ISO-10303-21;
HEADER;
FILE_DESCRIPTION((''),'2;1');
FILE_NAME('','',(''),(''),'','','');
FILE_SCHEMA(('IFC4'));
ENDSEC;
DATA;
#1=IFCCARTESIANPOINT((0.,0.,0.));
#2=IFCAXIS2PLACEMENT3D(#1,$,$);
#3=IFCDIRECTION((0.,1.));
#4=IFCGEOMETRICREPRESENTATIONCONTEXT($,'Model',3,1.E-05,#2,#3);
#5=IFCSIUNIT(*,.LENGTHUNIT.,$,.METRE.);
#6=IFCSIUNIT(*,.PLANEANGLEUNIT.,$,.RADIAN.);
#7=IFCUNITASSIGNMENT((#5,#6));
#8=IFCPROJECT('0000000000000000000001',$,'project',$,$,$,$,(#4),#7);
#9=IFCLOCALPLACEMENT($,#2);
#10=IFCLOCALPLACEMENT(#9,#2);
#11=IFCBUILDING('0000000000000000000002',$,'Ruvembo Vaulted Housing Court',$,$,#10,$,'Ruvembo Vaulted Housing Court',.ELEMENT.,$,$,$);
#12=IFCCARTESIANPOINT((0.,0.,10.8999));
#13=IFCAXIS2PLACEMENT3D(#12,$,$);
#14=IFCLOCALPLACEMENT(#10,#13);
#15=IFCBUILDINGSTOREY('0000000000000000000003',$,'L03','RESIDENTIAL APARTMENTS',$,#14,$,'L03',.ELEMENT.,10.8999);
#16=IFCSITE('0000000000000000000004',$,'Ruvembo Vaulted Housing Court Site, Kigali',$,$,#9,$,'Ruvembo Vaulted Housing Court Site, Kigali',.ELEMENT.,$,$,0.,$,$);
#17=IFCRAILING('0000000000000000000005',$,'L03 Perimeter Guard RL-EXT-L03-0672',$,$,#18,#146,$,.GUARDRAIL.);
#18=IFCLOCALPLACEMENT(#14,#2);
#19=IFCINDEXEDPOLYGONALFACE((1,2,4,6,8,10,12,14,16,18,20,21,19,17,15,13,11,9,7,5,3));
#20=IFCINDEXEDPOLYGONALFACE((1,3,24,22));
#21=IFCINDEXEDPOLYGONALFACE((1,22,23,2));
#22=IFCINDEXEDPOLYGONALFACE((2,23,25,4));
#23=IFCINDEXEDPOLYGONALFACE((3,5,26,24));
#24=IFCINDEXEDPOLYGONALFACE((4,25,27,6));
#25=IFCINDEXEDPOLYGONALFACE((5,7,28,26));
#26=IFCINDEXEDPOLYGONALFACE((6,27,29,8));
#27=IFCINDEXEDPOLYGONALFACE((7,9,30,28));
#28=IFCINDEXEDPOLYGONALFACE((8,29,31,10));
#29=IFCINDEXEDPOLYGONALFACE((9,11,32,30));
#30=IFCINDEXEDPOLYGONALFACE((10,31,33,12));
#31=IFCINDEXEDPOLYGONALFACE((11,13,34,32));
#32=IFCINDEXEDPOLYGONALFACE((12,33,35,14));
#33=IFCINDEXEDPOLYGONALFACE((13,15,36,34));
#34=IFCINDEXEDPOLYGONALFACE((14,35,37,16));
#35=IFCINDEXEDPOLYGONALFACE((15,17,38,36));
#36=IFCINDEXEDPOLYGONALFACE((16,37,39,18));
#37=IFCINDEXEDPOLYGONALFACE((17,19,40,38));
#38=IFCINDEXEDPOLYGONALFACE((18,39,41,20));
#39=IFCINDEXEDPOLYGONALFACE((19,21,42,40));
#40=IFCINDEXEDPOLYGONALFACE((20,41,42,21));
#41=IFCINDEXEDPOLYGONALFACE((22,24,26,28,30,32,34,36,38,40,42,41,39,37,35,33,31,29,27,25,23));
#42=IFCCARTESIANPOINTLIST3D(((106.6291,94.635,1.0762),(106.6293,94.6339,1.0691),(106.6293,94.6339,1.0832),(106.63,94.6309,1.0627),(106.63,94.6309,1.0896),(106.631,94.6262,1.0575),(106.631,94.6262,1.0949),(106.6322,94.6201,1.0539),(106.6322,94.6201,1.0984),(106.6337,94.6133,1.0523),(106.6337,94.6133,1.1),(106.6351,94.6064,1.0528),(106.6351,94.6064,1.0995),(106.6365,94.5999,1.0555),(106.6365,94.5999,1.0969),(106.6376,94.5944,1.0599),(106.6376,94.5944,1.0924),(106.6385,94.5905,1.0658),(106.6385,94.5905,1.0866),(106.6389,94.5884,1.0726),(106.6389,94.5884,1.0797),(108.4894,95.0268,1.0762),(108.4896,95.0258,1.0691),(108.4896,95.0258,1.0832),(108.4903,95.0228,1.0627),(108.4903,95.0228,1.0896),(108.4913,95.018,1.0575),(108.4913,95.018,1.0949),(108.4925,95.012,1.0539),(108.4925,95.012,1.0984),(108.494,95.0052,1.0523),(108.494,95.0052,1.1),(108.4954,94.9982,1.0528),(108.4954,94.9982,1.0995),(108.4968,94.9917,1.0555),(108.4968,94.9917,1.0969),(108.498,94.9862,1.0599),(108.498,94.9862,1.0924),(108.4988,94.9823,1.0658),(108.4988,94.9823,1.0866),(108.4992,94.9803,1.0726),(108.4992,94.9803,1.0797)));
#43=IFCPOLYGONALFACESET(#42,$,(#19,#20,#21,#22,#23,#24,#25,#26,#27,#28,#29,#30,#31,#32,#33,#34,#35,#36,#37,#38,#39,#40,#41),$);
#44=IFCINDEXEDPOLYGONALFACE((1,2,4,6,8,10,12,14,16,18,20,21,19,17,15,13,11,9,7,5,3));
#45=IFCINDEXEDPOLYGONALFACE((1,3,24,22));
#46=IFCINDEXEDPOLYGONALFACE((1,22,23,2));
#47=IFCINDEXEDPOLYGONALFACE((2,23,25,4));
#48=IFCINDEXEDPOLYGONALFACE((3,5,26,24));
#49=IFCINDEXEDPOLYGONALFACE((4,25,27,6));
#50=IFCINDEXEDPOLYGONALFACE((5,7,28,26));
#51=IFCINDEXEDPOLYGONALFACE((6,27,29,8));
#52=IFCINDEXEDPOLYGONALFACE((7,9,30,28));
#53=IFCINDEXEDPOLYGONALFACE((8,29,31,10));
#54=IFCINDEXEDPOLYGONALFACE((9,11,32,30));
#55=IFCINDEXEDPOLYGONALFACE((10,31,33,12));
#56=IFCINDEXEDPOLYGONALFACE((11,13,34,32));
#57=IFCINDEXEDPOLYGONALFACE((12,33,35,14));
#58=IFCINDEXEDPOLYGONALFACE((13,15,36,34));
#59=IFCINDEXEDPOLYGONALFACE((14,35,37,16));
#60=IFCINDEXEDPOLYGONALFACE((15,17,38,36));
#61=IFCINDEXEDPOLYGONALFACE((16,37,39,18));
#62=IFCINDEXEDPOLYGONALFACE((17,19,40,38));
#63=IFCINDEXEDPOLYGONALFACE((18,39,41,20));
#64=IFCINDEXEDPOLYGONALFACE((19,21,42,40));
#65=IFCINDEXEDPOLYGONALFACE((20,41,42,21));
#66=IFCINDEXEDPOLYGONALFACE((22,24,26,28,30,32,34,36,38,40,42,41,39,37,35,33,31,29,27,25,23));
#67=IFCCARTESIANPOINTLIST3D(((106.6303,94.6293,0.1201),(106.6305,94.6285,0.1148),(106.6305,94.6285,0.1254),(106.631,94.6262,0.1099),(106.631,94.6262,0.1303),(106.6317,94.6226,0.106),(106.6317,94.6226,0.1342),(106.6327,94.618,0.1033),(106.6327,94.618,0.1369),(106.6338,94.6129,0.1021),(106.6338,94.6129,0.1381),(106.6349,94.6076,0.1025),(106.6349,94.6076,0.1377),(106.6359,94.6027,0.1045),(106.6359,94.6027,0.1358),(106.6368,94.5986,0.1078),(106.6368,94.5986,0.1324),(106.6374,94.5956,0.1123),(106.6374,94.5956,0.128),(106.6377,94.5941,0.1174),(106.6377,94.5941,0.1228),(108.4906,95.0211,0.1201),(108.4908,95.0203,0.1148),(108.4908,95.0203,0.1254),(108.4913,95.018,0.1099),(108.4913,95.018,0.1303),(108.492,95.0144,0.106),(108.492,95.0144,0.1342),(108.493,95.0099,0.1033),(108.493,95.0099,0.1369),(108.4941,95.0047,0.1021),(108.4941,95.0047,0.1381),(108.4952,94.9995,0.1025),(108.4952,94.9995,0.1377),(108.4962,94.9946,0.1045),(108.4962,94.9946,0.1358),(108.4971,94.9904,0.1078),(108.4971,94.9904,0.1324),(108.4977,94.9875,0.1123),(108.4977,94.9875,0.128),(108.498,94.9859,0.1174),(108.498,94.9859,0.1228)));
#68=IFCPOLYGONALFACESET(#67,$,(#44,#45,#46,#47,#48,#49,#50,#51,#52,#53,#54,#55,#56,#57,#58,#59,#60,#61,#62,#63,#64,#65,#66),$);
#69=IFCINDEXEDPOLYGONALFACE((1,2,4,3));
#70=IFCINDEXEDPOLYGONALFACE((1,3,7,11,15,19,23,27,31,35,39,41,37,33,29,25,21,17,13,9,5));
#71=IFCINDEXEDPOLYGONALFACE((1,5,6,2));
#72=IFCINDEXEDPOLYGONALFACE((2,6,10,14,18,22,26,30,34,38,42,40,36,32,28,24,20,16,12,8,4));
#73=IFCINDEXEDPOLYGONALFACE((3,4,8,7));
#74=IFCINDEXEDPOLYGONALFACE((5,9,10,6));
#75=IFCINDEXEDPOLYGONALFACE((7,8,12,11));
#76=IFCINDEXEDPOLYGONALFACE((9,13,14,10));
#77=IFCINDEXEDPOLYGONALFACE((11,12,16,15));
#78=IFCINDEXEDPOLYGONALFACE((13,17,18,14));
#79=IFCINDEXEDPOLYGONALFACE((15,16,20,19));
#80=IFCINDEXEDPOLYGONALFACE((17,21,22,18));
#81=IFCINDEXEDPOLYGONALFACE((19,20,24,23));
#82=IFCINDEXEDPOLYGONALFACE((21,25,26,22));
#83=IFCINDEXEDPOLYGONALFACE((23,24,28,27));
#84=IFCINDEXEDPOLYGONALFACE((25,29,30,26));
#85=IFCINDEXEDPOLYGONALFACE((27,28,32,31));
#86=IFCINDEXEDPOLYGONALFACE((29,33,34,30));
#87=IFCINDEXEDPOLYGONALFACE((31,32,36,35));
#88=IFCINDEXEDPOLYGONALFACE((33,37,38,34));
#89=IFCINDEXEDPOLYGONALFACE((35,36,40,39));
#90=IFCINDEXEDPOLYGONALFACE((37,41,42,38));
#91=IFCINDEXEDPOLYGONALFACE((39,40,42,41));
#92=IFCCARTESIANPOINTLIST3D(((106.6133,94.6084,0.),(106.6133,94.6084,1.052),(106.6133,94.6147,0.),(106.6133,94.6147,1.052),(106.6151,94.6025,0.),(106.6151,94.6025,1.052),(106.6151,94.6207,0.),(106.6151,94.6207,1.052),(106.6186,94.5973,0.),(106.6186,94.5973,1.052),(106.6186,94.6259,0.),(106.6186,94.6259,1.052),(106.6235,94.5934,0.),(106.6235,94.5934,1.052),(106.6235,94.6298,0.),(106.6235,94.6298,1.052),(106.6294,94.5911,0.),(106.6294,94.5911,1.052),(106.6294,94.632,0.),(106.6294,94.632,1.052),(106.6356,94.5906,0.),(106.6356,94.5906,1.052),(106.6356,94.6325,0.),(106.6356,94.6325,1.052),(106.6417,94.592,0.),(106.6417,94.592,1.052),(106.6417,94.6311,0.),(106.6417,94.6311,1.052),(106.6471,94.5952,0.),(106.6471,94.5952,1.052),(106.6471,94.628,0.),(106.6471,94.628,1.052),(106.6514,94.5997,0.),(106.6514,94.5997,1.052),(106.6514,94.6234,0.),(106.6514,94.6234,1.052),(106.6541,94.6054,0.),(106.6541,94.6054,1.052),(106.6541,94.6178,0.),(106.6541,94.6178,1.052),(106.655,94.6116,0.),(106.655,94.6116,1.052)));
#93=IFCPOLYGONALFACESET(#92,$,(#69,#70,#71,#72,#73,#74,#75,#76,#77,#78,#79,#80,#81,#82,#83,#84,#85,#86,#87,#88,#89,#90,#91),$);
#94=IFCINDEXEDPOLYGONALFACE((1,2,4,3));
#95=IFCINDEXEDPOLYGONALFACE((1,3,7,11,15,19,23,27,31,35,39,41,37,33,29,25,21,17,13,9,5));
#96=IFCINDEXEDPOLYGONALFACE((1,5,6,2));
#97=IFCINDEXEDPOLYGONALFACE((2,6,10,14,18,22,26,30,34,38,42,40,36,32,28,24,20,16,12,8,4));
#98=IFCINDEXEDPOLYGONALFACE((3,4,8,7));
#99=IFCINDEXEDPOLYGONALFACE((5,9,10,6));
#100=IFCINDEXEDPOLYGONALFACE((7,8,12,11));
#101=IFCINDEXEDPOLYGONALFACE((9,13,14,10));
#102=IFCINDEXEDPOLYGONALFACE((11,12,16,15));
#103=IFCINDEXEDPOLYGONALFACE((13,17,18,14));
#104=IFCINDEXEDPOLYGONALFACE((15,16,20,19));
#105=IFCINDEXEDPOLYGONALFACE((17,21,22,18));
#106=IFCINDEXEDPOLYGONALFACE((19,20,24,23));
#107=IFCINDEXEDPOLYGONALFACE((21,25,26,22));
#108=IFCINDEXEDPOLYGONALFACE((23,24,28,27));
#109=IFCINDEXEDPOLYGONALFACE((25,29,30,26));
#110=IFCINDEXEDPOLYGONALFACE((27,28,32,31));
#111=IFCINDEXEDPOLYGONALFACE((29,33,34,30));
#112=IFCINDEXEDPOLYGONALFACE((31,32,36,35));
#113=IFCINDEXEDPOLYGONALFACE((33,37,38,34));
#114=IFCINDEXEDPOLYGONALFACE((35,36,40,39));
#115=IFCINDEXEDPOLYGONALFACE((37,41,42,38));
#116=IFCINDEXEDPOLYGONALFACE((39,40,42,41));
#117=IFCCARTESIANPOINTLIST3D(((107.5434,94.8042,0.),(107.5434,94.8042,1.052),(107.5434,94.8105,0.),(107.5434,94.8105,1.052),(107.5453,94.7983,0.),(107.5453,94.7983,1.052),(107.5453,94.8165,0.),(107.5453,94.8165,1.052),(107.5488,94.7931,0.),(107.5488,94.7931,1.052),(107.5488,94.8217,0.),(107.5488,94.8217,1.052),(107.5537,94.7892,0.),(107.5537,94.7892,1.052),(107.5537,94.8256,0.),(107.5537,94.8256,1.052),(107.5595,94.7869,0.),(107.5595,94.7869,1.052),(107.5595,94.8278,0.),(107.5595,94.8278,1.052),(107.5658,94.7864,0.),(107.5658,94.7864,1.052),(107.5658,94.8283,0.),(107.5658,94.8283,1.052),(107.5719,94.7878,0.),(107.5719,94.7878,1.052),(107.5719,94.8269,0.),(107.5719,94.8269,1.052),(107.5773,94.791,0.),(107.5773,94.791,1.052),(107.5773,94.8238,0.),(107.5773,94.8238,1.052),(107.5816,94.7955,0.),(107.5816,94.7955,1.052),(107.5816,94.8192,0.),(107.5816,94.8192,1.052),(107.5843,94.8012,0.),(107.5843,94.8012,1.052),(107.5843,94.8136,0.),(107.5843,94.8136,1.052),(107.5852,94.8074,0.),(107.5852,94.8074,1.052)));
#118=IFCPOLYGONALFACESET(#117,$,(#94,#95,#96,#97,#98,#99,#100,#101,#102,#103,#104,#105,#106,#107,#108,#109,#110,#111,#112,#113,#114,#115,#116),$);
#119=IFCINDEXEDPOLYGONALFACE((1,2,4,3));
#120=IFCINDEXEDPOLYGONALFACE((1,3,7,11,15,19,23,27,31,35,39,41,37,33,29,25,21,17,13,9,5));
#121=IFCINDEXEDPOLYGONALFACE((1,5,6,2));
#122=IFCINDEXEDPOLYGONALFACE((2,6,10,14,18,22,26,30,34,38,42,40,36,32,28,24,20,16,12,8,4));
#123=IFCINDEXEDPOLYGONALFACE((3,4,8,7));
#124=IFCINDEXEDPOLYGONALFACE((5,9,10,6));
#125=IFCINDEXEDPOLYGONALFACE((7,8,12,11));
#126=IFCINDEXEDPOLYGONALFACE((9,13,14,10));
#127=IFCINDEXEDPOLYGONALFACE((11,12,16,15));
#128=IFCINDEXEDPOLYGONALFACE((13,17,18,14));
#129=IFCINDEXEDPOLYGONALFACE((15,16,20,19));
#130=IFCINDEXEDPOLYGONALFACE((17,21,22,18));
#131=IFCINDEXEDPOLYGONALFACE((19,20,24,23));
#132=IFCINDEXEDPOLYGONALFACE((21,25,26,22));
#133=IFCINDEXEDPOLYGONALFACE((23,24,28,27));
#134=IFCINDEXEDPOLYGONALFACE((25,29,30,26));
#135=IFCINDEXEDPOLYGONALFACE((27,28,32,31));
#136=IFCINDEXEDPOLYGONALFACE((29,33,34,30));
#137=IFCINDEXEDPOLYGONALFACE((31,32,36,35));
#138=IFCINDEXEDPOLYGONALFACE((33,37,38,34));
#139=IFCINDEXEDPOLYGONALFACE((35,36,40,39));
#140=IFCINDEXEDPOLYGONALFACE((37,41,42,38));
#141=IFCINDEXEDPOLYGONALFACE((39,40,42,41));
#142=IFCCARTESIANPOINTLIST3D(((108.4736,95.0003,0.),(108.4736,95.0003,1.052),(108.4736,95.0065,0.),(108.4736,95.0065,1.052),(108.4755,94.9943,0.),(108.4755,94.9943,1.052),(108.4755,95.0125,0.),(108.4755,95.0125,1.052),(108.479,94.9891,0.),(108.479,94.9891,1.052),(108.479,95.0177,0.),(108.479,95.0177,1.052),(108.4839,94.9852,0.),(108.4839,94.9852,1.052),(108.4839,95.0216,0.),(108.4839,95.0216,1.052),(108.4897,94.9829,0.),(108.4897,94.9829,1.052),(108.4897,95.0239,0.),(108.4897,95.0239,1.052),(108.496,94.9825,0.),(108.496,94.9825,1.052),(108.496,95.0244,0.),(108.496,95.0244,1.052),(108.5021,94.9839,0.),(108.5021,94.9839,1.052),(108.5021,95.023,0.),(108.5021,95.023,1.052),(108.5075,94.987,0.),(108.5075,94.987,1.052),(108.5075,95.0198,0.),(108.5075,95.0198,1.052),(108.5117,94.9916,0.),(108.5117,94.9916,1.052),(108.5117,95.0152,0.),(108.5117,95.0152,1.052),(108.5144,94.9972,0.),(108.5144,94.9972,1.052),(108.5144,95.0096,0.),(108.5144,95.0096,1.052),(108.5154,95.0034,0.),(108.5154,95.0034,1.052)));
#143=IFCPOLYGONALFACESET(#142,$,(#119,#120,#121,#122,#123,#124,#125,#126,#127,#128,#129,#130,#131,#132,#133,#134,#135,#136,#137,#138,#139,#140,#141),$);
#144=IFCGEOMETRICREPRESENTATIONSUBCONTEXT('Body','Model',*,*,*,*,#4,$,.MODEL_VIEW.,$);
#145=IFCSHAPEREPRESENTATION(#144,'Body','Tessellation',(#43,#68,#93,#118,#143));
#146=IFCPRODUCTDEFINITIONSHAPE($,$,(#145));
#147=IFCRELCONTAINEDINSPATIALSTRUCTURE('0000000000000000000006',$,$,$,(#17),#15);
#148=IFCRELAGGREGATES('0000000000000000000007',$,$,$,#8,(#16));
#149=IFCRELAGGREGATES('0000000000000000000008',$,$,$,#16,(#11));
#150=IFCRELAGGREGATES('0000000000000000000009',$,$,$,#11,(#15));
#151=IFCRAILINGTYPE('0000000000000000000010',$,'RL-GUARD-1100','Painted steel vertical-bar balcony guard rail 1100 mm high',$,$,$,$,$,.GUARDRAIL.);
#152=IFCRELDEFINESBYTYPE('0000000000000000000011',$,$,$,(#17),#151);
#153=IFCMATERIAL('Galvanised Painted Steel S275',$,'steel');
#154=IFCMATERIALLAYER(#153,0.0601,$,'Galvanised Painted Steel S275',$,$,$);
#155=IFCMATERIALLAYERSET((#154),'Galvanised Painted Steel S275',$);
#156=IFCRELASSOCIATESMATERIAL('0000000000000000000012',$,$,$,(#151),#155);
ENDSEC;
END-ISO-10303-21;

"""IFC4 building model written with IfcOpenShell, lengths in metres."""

from ifc_helpers import new_model, si_unit, direction, frame, origin, origin_2d, place, context, subcontext, project, spatial, circle, extrude, material, layer, layer_set, type_object, element, save


model = new_model("IFC4")

# Units and contexts
model_context = context("Model", 3, precision=1e-05, world=origin(), true_north=direction((0.0, 1.0)))
body_context = subcontext(model_context, "Body", "Model", "MODEL_VIEW")
ifc_project = project(units=[si_unit("LENGTHUNIT", "METRE"), si_unit("PLANEANGLEUNIT", "RADIAN")], contexts=[model_context])

# Site, building, storey
site_placement = place(None, origin())
site = spatial("IfcSite", under=ifc_project, at=site_placement, Name="Ruvembo Vaulted Housing Court Site, Kigali", LongName="Ruvembo Vaulted Housing Court Site, Kigali", CompositionType="ELEMENT", RefElevation=0.0)
building_placement = place(site_placement, origin())
building = spatial("IfcBuilding", under=site, at=building_placement, Name="Ruvembo Vaulted Housing Court", LongName="Ruvembo Vaulted Housing Court", CompositionType="ELEMENT")
storey_placement = place(building_placement, frame((0.0, 0.0, 10.8999)))
storey = spatial("IfcBuildingStorey", under=building, at=storey_placement, Name="L03", Description="RESIDENTIAL APARTMENTS", LongName="L03", CompositionType="ELEMENT", Elevation=10.8999)

# Railing
ifc_material_1 = material(Name="Galvanised Painted Steel S275", Category="steel")
ifc_layer_1 = layer(ifc_material_1, 0.0601, Name="Galvanised Painted Steel S275")
ifc_layer_set_1 = layer_set([ifc_layer_1], Name="Galvanised Painted Steel S275")
railing_type = type_object("IfcRailingType", Name="RL-GUARD-1100", Description="Painted steel vertical-bar balcony guard rail 1100 mm high", PredefinedType="GUARDRAIL", material=ifc_layer_set_1)
railing_1_placement = place(storey_placement, frame((106.634, 94.6116, 0.0)))
element("IfcRailing", 1, at=railing_1_placement, inside=storey, type_object=railing_type, Name="L03 Perimeter Guard RL-EXT-L03-0672", PredefinedType="GUARDRAIL", context=body_context, shape_type="SweptSolid", body=[
    extrude(circle(Radius=0.0239, at=origin_2d()), frame((0.0, 0.0, 1.0762), z_axis=(0.978529, 0.206108, 0.0), x_axis=(-0.206108, 0.978529, 0.0)), (0.0, 0.0, 1.0), 1.9011),
    extrude(circle(Radius=0.0181, at=origin_2d()), frame((0.0, 0.0, 0.1201), z_axis=(0.978529, 0.206108, 0.0), x_axis=(-0.206108, 0.978529, 0.0)), (0.0, 0.0, 1.0), 1.9011),
    extrude(circle(Radius=0.021, at=origin_2d()), origin(), (0.0, 0.0, 1.0), 1.052),
    extrude(circle(Radius=0.021, at=origin_2d()), frame((0.9302, 0.1958, 0.0)), (0.0, 0.0, 1.0), 1.052),
    extrude(circle(Radius=0.021, at=origin_2d()), frame((1.8604, 0.3918, 0.0)), (0.0, 0.0, 1.0), 1.052),
])

save(model, "model.ifc")
